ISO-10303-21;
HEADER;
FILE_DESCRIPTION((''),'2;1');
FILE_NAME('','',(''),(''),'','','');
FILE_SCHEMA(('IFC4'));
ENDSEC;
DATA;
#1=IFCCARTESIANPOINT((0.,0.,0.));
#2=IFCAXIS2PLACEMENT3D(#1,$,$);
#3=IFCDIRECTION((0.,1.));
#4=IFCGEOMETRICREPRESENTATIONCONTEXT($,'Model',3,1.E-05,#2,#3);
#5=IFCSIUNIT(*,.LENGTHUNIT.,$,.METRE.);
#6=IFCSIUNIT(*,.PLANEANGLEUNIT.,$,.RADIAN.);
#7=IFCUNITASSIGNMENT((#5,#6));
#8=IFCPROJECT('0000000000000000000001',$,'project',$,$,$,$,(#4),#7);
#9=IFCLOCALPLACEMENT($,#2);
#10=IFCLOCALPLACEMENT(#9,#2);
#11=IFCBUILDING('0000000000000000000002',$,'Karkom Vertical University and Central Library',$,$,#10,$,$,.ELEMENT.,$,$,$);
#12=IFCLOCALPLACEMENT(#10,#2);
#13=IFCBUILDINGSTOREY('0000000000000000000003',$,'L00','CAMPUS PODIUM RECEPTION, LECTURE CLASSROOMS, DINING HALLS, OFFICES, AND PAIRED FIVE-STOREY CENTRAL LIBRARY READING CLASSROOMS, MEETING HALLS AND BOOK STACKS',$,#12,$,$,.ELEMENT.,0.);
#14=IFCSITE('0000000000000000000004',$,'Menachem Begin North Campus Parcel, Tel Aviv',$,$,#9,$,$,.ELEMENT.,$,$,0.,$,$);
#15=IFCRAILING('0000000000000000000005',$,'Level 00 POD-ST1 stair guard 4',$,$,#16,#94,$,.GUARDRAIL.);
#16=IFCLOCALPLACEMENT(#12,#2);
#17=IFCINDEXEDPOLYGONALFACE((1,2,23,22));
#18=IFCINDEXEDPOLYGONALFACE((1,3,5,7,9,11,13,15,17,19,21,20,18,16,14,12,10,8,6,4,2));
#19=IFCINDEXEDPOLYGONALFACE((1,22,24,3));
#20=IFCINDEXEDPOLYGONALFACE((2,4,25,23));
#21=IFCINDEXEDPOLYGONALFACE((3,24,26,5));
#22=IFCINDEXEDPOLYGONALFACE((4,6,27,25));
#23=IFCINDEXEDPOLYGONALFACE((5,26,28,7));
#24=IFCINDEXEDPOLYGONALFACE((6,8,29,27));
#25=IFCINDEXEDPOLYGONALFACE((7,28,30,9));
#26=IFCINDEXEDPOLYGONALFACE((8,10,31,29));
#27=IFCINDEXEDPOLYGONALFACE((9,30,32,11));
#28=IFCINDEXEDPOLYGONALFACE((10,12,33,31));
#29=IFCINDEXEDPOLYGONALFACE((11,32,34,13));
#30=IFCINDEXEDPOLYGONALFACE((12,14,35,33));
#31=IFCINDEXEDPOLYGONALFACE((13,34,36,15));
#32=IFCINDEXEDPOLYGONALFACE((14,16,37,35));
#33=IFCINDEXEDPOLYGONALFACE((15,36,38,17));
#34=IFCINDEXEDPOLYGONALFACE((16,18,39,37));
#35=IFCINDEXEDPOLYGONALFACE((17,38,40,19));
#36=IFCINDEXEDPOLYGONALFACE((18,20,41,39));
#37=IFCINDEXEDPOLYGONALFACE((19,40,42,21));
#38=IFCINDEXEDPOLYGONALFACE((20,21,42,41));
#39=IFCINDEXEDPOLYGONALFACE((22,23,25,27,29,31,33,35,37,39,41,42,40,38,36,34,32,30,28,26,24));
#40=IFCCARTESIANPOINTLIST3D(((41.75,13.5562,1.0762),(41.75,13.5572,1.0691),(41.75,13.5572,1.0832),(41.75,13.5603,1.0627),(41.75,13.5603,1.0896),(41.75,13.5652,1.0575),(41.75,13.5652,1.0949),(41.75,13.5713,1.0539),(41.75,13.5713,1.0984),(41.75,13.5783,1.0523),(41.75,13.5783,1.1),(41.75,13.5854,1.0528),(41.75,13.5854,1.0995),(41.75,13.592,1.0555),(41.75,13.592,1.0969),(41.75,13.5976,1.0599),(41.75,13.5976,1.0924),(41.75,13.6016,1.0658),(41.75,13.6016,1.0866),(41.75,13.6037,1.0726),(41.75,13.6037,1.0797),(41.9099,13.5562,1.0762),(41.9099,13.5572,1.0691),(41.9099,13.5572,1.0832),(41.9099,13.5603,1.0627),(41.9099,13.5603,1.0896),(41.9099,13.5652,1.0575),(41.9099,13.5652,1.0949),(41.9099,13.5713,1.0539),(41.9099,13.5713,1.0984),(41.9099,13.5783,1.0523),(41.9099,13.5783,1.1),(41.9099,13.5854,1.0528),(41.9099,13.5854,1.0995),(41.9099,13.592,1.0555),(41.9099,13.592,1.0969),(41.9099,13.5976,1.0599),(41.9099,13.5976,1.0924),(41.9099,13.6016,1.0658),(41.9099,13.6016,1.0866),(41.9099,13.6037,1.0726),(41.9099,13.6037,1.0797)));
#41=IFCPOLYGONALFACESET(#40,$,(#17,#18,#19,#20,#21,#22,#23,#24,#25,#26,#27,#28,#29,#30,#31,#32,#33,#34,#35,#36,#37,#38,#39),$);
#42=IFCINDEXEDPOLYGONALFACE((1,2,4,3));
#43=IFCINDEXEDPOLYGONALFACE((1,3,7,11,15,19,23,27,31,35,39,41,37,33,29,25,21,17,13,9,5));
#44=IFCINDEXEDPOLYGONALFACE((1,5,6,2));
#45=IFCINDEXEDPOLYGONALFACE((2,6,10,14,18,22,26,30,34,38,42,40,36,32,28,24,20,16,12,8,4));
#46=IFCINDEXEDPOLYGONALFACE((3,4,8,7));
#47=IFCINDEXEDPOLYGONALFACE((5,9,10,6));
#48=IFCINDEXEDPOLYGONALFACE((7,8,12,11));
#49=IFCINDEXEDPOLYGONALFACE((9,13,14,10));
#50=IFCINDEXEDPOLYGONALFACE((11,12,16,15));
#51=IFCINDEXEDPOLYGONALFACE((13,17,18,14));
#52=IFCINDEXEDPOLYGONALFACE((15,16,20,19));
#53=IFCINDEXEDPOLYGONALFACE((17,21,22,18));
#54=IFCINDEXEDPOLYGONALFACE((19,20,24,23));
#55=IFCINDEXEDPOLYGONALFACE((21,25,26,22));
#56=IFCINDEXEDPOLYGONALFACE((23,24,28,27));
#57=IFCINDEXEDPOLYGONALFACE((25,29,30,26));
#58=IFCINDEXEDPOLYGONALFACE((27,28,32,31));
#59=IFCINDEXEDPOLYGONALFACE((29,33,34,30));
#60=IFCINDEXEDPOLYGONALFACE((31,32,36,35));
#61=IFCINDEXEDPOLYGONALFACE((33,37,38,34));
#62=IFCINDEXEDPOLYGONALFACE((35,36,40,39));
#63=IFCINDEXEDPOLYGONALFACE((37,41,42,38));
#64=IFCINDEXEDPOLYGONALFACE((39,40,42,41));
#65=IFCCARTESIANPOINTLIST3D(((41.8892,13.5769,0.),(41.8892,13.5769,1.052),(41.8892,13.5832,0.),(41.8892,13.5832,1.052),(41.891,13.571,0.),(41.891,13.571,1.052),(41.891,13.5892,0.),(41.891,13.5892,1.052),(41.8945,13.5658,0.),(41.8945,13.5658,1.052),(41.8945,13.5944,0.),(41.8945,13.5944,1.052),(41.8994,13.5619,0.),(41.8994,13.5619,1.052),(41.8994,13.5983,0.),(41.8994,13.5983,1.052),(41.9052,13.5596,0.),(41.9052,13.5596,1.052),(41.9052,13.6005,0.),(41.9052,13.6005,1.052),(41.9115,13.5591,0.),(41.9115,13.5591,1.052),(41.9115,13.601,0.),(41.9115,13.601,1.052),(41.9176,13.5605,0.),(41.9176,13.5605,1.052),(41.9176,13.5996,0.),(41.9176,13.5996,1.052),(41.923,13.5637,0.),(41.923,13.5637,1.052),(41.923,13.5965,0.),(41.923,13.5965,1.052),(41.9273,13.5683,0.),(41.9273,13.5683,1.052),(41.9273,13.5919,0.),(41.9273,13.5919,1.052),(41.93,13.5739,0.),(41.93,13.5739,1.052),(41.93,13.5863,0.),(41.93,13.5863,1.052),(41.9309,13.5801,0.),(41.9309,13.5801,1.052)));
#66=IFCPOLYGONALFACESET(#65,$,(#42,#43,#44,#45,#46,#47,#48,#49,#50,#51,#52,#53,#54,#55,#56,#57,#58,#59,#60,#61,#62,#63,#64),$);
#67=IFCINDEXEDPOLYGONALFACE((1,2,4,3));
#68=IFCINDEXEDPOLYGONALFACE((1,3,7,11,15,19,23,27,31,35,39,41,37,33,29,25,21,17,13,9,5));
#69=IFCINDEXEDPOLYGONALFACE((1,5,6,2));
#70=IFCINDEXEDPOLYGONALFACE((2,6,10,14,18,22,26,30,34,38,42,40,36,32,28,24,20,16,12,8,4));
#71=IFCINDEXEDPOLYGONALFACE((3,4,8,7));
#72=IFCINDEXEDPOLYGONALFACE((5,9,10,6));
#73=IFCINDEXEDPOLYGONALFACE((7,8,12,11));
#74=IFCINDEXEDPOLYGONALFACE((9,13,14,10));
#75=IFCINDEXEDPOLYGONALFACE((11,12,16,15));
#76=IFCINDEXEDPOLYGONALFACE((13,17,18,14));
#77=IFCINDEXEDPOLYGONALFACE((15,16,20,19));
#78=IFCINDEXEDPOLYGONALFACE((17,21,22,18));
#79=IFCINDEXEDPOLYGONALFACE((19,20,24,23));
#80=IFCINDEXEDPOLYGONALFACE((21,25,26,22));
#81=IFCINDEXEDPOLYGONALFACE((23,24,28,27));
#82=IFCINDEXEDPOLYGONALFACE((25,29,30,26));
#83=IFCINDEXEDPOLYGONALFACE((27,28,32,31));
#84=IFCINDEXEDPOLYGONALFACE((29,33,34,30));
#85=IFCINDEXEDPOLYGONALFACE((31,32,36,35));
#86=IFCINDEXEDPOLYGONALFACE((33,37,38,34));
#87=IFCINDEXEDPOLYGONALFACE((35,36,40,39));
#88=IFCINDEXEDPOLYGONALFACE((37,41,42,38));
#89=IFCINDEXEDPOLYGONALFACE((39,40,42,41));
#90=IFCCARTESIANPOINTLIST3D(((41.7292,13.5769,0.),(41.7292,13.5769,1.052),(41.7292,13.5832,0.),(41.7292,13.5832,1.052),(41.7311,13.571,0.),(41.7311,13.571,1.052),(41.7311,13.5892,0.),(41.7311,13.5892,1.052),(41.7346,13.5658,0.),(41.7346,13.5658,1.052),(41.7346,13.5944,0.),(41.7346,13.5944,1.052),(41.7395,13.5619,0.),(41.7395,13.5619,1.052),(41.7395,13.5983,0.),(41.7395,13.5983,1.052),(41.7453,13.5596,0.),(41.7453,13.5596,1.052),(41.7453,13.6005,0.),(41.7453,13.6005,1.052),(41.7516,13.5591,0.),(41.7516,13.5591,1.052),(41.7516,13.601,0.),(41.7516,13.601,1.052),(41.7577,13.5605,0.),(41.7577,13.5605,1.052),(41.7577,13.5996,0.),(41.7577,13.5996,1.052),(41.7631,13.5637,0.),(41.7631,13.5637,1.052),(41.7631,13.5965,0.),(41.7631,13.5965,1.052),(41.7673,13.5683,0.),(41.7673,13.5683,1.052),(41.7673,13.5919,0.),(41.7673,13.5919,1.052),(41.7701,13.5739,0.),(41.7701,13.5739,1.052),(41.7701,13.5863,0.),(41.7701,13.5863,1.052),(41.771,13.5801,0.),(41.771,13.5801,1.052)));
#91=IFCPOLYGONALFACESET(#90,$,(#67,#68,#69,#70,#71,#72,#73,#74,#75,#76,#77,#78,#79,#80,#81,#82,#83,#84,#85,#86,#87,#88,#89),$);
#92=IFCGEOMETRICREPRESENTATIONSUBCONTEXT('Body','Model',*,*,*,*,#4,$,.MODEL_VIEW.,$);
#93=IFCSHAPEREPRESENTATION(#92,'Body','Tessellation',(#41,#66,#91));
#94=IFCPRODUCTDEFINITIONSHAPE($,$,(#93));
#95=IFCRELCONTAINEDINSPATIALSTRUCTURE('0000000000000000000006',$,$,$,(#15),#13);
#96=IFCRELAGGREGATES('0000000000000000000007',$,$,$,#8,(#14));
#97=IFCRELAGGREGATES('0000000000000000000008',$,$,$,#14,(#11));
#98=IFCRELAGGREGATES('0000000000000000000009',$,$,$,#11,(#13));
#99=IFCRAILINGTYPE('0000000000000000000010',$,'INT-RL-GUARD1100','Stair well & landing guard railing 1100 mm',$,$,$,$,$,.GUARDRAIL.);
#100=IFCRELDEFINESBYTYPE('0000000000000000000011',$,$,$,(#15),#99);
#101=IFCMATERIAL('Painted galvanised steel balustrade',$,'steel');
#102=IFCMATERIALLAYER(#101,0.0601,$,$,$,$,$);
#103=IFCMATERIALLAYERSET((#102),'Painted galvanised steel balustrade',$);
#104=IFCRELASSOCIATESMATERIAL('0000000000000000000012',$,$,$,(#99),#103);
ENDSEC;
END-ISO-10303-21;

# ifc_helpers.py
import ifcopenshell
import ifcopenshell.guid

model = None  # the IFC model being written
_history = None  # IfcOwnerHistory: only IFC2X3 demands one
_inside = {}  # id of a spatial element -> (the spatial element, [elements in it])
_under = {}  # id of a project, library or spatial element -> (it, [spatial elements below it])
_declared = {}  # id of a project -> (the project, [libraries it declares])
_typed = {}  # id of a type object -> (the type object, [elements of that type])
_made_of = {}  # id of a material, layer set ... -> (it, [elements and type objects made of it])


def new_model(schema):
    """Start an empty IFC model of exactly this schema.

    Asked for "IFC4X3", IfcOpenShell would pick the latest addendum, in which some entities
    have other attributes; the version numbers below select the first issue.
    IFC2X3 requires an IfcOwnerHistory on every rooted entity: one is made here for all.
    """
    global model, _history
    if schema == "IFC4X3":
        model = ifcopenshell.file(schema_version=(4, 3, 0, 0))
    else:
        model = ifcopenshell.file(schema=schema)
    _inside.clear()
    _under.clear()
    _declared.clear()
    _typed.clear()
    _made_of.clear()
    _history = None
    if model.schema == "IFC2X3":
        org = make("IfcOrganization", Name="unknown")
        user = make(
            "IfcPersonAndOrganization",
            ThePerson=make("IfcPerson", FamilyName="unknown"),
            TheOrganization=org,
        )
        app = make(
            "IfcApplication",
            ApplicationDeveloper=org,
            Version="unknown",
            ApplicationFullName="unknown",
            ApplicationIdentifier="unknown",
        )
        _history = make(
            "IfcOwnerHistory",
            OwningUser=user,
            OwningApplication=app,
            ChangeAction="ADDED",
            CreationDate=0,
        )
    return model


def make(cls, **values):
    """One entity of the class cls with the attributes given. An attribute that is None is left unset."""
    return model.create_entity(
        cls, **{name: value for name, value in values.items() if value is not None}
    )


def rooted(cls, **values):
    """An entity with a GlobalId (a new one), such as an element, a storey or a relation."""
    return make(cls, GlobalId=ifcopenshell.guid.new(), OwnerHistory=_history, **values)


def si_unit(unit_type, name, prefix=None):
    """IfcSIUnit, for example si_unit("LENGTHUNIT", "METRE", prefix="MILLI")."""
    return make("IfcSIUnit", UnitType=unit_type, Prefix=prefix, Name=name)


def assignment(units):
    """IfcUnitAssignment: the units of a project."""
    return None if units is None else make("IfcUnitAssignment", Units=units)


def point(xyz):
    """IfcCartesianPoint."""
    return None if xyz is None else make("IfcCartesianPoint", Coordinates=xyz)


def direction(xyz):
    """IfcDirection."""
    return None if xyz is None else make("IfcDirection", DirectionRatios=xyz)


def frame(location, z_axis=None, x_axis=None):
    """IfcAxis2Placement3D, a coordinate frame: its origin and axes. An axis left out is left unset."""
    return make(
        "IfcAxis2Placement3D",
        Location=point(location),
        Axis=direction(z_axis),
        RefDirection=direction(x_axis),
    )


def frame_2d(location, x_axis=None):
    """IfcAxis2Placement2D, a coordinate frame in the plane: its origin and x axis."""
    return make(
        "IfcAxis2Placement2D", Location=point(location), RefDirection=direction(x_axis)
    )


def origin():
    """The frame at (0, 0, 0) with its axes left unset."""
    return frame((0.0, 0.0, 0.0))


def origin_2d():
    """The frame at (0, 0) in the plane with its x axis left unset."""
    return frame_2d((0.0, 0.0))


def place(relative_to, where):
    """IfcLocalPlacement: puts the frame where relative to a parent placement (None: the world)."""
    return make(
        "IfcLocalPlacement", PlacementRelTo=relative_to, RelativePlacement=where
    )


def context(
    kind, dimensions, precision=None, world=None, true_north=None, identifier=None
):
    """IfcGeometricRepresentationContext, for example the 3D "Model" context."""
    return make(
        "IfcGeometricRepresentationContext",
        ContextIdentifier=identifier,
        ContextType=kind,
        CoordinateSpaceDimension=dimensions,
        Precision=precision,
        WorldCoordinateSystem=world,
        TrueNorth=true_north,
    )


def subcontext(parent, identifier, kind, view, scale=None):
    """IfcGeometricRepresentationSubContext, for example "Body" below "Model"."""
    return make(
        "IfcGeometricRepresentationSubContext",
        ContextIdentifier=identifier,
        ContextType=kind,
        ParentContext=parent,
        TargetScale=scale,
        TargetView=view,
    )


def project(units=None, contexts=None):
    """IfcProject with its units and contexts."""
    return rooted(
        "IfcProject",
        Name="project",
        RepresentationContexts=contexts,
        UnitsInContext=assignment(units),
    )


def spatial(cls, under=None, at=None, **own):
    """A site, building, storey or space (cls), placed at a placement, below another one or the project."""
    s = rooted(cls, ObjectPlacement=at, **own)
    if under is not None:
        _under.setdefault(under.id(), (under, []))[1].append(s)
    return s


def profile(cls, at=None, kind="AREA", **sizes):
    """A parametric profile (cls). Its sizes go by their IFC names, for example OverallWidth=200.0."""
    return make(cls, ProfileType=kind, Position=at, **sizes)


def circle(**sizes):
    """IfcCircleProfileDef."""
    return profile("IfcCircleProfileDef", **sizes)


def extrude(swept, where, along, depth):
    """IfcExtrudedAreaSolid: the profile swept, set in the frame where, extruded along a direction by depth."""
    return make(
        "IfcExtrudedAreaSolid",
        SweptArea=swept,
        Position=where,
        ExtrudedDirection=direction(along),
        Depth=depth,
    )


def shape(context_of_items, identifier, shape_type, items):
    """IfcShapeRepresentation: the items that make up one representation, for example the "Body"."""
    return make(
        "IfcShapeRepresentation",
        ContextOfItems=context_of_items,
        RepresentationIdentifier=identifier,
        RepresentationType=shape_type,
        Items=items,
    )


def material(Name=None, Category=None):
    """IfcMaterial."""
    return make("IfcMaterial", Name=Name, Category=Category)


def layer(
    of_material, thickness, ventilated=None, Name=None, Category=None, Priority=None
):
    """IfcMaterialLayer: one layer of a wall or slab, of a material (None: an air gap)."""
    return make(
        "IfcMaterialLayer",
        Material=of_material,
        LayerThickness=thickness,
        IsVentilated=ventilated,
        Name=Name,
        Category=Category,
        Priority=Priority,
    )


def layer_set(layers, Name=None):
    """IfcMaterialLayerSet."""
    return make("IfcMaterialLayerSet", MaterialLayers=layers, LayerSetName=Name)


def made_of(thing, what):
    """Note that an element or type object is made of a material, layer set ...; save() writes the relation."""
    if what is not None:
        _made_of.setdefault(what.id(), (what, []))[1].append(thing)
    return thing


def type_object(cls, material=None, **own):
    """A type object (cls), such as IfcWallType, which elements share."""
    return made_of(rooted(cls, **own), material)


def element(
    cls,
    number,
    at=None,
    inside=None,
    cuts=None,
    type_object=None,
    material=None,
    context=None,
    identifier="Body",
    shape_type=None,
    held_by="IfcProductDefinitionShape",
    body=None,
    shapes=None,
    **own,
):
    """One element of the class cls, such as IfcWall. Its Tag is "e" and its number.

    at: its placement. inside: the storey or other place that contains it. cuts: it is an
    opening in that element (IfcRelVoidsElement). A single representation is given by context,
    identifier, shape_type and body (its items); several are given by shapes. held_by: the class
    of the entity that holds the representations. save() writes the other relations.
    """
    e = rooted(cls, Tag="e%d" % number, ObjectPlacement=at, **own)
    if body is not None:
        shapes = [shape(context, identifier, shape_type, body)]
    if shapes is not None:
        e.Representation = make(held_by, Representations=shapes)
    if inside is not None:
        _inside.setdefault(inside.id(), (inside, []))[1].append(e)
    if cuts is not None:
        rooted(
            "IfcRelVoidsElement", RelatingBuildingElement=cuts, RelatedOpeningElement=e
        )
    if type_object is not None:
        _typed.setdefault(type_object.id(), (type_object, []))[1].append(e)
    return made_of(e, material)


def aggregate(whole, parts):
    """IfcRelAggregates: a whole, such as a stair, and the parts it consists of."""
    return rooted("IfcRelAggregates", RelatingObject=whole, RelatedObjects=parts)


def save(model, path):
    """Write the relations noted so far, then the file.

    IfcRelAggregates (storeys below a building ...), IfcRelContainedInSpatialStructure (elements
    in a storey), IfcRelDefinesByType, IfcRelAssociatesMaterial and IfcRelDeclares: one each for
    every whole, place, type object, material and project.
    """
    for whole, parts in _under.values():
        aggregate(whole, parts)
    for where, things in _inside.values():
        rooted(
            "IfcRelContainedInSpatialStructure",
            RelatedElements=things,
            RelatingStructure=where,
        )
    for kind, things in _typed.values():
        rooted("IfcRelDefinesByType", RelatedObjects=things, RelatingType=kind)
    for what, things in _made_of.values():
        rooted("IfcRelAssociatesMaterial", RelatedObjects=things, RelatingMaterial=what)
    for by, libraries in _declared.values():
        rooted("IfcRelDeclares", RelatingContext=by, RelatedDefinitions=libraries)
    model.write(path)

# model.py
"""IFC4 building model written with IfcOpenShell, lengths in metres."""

from ifc_helpers import new_model, si_unit, direction, frame, origin, origin_2d, place, context, subcontext, project, spatial, circle, extrude, material, layer, layer_set, type_object, element, save


model = new_model("IFC4")

# Units and contexts
model_context = context("Model", 3, precision=1e-05, world=origin(), true_north=direction((0.0, 1.0)))
body_context = subcontext(model_context, "Body", "Model", "MODEL_VIEW")
ifc_project = project(units=[si_unit("LENGTHUNIT", "METRE"), si_unit("PLANEANGLEUNIT", "RADIAN")], contexts=[model_context])

# Site, building, storey
site_placement = place(None, origin())
site = spatial("IfcSite", under=ifc_project, at=site_placement, Name="Menachem Begin North Campus Parcel, Tel Aviv", CompositionType="ELEMENT", RefElevation=0.0)
building_placement = place(site_placement, origin())
building = spatial("IfcBuilding", under=site, at=building_placement, Name="Karkom Vertical University and Central Library", CompositionType="ELEMENT")
storey_placement = place(building_placement, origin())
storey = spatial("IfcBuildingStorey", under=building, at=storey_placement, Name="L00", Description="CAMPUS PODIUM RECEPTION, LECTURE CLASSROOMS, DINING HALLS, OFFICES, AND PAIRED FIVE-STOREY CENTRAL LIBRARY READING CLASSROOMS, MEETING HALLS AND BOOK STACKS", CompositionType="ELEMENT", Elevation=0.0)

# Railing
ifc_material_1 = material(Name="Painted galvanised steel balustrade", Category="steel")
ifc_layer_1 = layer(ifc_material_1, 0.0601)
ifc_layer_set_1 = layer_set([ifc_layer_1], Name="Painted galvanised steel balustrade")
railing_type_1 = type_object("IfcRailingType", Name="INT-RL-GUARD1100", Description="Stair well & landing guard railing 1100 mm", PredefinedType="GUARDRAIL", material=ifc_layer_set_1)
railing_1_placement = place(storey_placement, frame((41.9099, 13.5801, 0.0)))
element("IfcRailing", 1, at=railing_1_placement, inside=storey, type_object=railing_type_1, Name="Level 00 POD-ST1 stair guard 4", PredefinedType="GUARDRAIL", context=body_context, shape_type="SweptSolid", body=[
    extrude(circle(Radius=0.0239, at=origin_2d()), frame((0.0, 0.0, 1.0762), z_axis=(-1.0, 0.0, 0.0), x_axis=(0.0, -1.0, 0.0)), (0.0, 0.0, 1.0), 0.1599),
    extrude(circle(Radius=0.021, at=origin_2d()), origin(), (0.0, 0.0, 1.0), 1.052),
    extrude(circle(Radius=0.021, at=origin_2d()), frame((-0.1599, 0.0, 0.0)), (0.0, 0.0, 1.0), 1.052),
])

save(model, "model.ifc")
